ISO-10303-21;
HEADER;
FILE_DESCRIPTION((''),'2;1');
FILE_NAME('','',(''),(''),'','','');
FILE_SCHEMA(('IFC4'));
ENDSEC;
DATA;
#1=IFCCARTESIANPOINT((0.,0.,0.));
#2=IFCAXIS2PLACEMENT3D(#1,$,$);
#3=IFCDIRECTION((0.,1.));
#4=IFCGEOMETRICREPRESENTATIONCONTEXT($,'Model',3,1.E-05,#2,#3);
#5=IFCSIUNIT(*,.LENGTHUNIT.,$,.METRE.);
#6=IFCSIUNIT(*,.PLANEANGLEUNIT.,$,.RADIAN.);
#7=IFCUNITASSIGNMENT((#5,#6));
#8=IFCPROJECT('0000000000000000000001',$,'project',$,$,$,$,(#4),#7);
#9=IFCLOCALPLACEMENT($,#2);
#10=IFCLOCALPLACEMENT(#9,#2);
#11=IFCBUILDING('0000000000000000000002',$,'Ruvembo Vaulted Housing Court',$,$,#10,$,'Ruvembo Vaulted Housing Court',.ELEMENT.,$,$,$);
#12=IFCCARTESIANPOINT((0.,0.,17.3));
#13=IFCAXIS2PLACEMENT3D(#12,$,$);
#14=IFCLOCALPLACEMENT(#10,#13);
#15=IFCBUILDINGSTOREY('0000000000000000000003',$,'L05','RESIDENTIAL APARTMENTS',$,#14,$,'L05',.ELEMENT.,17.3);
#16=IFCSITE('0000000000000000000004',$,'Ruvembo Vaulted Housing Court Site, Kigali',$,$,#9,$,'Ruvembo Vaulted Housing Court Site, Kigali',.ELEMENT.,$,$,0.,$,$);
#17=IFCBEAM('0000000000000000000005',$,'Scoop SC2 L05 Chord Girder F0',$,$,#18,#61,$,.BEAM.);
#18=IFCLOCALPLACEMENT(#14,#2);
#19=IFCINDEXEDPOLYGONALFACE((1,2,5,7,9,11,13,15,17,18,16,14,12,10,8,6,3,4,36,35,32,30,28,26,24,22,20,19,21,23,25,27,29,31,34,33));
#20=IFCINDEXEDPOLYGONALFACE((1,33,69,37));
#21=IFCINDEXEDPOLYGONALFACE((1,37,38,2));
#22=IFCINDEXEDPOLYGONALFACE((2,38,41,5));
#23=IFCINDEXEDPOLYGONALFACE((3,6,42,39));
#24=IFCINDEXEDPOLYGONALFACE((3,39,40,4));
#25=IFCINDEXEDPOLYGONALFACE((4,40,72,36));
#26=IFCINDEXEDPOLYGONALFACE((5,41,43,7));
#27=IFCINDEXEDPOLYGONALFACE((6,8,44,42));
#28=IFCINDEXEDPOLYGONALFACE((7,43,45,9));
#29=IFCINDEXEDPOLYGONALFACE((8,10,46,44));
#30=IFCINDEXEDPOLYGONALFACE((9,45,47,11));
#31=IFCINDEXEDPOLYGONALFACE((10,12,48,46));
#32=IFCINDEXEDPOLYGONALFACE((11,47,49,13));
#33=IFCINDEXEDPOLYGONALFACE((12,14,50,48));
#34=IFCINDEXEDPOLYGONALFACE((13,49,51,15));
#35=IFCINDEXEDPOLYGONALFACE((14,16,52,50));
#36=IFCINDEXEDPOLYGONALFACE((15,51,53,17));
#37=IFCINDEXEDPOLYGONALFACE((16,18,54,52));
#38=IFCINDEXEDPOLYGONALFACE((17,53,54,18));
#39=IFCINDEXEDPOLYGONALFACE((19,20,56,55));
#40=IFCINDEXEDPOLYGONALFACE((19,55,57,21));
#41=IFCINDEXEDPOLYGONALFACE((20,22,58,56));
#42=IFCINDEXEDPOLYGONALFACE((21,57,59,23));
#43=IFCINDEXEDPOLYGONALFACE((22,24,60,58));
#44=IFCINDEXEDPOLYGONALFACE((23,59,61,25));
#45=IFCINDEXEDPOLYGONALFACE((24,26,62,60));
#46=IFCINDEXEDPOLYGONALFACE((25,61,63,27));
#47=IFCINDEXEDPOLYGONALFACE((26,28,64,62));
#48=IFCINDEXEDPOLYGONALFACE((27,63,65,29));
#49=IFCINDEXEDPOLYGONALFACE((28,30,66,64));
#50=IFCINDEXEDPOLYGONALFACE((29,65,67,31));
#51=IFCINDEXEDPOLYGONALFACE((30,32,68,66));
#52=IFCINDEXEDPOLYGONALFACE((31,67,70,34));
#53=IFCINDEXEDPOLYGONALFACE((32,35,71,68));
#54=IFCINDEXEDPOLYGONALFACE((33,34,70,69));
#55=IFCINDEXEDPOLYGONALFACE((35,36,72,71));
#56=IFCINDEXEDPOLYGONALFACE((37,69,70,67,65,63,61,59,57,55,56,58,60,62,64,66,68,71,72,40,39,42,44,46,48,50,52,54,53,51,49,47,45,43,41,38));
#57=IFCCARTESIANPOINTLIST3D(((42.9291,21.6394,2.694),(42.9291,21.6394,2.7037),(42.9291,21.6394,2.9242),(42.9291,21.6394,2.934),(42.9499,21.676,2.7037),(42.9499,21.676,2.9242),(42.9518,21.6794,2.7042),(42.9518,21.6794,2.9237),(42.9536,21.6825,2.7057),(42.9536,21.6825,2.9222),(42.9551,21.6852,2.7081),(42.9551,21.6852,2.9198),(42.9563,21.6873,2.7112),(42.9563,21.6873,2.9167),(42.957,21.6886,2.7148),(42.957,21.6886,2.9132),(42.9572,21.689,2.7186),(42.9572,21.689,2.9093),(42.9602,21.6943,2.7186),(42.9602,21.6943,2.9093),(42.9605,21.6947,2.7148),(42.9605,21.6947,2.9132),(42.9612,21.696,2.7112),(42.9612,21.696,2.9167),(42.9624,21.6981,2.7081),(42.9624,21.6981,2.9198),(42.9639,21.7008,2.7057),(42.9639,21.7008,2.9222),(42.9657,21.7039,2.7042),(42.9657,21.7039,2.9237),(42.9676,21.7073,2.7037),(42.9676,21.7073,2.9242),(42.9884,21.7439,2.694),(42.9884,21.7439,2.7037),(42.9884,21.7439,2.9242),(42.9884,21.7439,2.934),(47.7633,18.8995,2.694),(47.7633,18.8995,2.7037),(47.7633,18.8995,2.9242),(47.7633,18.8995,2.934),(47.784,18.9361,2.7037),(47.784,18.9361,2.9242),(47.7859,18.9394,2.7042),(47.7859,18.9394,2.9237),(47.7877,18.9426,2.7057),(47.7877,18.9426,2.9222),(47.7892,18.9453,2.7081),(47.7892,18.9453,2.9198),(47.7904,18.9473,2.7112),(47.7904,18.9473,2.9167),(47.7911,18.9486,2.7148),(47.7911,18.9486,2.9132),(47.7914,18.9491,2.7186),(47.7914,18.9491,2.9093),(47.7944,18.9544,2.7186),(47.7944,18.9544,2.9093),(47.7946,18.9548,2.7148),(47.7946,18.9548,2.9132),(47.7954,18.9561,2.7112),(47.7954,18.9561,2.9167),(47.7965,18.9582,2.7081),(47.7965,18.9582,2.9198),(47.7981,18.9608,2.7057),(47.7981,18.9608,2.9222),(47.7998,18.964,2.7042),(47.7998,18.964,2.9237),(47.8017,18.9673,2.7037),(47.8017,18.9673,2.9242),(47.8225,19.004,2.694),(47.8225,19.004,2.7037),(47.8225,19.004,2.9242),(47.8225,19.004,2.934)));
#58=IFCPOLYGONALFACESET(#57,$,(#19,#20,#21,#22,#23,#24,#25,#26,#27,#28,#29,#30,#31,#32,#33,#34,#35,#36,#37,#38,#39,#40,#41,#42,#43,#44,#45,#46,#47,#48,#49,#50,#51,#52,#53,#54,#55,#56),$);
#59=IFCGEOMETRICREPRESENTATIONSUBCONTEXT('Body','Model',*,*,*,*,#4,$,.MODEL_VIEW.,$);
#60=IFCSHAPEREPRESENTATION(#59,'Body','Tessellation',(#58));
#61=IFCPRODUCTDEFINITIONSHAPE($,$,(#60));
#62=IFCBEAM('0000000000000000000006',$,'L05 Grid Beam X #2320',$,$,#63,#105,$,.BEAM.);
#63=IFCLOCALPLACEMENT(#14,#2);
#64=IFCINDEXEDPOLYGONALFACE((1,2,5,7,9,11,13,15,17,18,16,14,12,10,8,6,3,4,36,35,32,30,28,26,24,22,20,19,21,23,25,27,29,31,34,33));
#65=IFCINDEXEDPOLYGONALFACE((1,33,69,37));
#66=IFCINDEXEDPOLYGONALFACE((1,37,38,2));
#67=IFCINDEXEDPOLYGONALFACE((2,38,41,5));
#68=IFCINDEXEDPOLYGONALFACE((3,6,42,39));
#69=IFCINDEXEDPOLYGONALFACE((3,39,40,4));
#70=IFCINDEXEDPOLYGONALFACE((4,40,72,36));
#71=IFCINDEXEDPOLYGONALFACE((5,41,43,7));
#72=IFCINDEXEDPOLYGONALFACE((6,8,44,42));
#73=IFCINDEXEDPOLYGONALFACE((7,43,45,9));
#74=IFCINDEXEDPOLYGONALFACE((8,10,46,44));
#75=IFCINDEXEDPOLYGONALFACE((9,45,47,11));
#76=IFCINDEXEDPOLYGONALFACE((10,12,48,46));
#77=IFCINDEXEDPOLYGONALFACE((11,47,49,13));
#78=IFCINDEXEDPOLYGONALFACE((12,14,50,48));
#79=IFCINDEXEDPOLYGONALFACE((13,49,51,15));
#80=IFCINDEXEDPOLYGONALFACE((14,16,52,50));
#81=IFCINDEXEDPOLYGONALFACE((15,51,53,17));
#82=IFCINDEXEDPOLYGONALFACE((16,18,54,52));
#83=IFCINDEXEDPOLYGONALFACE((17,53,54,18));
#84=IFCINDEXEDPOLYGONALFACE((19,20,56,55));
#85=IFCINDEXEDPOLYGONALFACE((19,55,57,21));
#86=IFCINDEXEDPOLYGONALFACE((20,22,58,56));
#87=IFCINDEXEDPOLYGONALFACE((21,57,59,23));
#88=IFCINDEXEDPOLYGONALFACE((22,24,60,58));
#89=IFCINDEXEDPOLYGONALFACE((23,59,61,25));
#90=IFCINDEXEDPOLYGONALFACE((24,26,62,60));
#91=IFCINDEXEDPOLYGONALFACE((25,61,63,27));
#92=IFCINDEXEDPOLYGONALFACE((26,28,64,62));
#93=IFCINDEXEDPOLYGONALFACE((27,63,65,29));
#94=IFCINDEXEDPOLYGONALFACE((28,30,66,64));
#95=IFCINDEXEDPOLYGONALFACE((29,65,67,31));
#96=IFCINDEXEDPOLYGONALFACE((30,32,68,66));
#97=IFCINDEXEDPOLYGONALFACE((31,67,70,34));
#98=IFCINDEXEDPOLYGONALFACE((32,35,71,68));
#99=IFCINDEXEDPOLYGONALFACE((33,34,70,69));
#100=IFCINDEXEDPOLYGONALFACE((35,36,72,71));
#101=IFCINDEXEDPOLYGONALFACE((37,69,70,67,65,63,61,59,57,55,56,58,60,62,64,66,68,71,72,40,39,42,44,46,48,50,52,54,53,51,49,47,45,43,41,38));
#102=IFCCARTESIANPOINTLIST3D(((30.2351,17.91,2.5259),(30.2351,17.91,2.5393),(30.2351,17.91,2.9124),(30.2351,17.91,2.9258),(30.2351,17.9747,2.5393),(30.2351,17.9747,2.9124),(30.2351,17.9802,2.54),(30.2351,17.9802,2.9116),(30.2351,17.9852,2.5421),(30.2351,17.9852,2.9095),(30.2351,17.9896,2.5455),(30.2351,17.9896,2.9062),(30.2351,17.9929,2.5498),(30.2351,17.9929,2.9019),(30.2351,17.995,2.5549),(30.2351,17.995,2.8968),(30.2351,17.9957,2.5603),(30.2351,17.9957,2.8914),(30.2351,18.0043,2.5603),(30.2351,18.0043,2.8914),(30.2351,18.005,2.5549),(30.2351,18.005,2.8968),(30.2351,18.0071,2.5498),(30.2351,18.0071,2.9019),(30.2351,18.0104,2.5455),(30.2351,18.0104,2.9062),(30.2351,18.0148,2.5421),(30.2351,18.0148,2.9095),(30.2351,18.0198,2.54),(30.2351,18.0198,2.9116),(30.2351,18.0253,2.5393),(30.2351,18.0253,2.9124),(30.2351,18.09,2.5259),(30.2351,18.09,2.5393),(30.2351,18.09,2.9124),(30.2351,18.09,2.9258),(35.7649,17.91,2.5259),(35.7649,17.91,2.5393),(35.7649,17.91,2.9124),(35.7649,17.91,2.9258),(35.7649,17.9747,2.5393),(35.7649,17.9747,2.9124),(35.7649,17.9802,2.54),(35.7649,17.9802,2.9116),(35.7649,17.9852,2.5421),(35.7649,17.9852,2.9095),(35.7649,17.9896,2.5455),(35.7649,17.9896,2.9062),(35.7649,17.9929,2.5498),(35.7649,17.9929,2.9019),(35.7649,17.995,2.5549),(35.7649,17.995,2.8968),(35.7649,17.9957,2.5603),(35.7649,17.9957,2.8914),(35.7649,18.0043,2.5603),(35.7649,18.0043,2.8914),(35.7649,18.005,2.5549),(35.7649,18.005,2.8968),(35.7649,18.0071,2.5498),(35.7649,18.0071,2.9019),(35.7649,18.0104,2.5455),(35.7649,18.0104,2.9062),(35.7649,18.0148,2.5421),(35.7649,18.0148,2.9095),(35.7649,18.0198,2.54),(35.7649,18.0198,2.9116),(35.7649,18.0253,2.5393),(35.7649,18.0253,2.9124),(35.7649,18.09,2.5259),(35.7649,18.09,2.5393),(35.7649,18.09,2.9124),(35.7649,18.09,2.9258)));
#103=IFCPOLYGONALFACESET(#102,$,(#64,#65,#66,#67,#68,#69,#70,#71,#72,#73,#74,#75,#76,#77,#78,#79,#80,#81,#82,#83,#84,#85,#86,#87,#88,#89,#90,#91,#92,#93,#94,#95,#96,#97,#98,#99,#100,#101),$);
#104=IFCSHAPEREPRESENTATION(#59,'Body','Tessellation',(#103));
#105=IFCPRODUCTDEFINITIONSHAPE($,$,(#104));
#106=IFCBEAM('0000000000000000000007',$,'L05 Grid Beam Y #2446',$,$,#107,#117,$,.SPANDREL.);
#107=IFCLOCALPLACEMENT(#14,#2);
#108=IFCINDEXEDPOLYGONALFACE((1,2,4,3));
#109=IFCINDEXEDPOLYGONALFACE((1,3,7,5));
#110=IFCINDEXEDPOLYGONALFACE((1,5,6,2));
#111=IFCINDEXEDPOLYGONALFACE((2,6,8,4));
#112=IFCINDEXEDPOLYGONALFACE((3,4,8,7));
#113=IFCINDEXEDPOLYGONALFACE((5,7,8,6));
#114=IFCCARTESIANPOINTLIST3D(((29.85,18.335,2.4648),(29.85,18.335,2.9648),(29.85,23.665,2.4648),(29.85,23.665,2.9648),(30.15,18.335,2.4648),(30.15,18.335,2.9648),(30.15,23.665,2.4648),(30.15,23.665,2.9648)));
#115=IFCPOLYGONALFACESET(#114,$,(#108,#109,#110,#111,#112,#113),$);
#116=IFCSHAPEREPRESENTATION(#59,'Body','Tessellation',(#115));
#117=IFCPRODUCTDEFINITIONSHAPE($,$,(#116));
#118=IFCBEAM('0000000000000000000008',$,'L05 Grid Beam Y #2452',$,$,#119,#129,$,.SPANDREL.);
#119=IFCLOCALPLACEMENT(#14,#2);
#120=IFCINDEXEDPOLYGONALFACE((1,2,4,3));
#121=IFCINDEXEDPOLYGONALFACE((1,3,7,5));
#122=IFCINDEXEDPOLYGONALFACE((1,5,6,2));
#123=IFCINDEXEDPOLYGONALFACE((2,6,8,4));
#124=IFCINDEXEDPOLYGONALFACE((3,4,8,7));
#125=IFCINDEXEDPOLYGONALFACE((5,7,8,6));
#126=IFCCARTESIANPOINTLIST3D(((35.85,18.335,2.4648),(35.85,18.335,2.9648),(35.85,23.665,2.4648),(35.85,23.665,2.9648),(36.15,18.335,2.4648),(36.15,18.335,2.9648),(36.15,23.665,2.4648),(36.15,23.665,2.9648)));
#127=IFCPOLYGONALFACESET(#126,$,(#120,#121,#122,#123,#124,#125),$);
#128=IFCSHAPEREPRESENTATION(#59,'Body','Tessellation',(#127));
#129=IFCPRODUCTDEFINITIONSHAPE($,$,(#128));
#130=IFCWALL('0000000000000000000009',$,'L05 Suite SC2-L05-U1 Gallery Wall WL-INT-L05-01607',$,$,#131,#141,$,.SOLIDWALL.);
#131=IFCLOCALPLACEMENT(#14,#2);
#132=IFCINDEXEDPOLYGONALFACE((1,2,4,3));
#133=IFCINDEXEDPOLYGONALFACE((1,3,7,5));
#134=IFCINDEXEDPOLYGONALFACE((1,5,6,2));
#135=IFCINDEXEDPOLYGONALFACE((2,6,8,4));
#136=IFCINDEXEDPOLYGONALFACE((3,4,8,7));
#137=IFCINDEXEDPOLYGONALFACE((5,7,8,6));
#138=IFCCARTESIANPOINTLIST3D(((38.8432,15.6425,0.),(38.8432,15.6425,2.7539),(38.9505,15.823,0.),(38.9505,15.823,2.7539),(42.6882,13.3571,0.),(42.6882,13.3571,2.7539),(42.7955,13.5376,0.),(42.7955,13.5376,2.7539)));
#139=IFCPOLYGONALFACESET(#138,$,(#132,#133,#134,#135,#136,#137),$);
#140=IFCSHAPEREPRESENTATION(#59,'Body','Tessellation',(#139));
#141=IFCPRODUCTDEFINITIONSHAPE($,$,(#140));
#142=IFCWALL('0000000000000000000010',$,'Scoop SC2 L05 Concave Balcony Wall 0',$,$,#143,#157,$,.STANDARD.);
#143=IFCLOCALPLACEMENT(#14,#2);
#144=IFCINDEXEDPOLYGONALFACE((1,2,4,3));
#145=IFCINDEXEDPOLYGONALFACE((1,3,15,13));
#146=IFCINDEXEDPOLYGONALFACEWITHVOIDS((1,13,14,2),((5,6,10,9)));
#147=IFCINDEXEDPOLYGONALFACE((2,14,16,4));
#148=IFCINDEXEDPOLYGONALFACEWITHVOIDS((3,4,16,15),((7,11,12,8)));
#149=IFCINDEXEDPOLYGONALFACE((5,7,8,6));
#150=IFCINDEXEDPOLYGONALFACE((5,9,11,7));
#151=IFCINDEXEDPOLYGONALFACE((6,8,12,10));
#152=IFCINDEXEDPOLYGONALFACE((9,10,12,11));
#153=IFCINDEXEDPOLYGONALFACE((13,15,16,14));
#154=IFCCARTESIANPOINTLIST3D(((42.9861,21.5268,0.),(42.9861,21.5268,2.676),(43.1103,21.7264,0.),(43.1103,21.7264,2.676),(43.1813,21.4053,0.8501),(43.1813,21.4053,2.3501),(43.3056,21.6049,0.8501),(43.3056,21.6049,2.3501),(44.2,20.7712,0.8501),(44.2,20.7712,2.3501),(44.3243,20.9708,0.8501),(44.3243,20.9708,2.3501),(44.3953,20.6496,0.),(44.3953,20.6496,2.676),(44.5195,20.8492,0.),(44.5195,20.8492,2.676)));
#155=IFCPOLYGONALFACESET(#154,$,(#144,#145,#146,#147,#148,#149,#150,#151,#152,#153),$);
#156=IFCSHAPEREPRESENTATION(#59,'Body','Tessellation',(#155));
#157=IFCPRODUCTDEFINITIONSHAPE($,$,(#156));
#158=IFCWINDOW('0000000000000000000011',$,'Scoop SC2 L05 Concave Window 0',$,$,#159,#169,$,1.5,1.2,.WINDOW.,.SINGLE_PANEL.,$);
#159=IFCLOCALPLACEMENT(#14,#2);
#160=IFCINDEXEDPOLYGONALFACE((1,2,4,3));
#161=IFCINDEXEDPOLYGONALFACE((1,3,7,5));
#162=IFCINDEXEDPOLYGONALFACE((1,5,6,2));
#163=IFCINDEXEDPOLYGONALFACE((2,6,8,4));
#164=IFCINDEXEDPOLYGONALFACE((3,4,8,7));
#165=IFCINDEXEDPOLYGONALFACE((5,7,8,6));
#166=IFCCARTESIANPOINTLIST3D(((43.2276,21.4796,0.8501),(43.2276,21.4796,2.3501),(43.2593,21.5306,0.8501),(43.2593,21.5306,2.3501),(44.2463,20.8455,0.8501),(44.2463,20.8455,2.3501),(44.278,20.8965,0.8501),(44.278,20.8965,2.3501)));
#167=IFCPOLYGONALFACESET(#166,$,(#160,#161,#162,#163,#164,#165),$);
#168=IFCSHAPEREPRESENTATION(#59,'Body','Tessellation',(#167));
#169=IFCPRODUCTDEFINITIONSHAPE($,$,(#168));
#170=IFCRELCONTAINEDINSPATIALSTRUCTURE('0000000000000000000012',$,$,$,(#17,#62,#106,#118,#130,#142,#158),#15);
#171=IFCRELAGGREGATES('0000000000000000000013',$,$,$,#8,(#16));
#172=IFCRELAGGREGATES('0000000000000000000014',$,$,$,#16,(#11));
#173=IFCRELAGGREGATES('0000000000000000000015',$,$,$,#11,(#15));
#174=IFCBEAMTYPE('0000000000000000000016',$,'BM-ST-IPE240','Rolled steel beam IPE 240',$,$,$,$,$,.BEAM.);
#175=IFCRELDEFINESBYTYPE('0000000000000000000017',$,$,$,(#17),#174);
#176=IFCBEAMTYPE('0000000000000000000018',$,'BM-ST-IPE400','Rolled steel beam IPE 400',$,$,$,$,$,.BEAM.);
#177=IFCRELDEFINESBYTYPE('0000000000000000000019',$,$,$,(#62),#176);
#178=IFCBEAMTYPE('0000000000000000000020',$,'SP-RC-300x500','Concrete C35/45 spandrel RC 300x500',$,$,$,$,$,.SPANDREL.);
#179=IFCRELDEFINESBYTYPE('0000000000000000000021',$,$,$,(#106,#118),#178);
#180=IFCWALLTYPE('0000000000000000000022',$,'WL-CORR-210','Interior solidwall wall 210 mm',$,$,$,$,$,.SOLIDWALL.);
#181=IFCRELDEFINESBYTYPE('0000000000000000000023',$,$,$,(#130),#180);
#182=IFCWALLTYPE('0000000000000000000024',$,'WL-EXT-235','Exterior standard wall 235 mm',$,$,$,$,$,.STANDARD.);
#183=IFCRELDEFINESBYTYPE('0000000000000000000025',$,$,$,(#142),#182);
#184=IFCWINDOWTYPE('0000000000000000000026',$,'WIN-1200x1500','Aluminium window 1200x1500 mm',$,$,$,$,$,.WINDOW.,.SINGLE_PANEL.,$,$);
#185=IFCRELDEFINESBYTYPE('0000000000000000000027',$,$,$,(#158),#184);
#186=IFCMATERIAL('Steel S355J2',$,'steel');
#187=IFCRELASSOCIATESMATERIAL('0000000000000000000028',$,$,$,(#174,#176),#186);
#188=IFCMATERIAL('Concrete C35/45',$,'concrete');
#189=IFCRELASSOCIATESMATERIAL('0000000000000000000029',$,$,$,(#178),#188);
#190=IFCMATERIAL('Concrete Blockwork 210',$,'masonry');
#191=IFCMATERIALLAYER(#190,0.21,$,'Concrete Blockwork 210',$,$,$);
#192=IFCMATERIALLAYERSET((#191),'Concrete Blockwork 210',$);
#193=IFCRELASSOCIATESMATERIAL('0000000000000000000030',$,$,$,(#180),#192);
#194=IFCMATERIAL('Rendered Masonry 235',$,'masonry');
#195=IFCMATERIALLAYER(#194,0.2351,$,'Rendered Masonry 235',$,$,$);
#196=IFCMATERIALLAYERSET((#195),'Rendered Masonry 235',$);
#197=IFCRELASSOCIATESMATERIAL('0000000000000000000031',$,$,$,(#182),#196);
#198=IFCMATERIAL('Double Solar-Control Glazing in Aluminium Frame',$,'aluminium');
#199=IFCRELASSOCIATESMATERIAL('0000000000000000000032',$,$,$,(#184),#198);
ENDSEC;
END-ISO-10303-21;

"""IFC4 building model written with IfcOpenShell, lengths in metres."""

from ifc_helpers import new_model, si_unit, direction, frame, frame_2d, origin, origin_2d, place, context, subcontext, project, spatial, rectangle, i_section, extrude, material, layer, layer_set, material_profile, profile_set, type_object, element, fill, save


model = new_model("IFC4")

# Units and contexts
model_context = context("Model", 3, precision=1e-05, world=origin(), true_north=direction((0.0, 1.0)))
body_context = subcontext(model_context, "Body", "Model", "MODEL_VIEW")
ifc_project = project(units=[si_unit("LENGTHUNIT", "METRE"), si_unit("PLANEANGLEUNIT", "RADIAN")], contexts=[model_context])

# Site, building, storey
site_placement = place(None, origin())
site = spatial("IfcSite", under=ifc_project, at=site_placement, Name="Ruvembo Vaulted Housing Court Site, Kigali", LongName="Ruvembo Vaulted Housing Court Site, Kigali", CompositionType="ELEMENT", RefElevation=0.0)
building_placement = place(site_placement, origin())
building = spatial("IfcBuilding", under=site, at=building_placement, Name="Ruvembo Vaulted Housing Court", LongName="Ruvembo Vaulted Housing Court", CompositionType="ELEMENT")
storey_placement = place(building_placement, frame((0.0, 0.0, 17.3)))
storey = spatial("IfcBuildingStorey", under=building, at=storey_placement, Name="L05", Description="RESIDENTIAL APARTMENTS", LongName="L05", CompositionType="ELEMENT", Elevation=17.3)

# Shared definitions
ifc_material_1 = material(Name="Concrete C35/45", Category="concrete")

# Beams
ifc_material_2 = material(Name="Steel S355J2", Category="steel")
ifc_material_profile_1 = material_profile(ifc_material_2, i_section(OverallWidth=0.1201, OverallDepth=0.24, WebThickness=0.0061, FlangeThickness=0.0098, FilletRadius=0.0149, at=origin_2d()), Name="IPE 240")
ifc_profile_set_1 = profile_set([ifc_material_profile_1], Name="Steel S355J2")
beam_type_1 = type_object("IfcBeamType", Name="BM-ST-IPE240", Description="Rolled steel beam IPE 240", PredefinedType="BEAM", material=ifc_profile_set_1)
beam_1_placement = place(storey_placement, frame((42.9587, 21.6917, 2.814), z_axis=(0.869976, -0.493093, 0.0), x_axis=(0.493093, 0.869976, 0.0)))
element("IfcBeam", 1, at=beam_1_placement, inside=storey, type_object=beam_type_1, Name="Scoop SC2 L05 Chord Girder F0", PredefinedType="BEAM", context=body_context, shape_type="SweptSolid", body=[
    extrude(i_section(OverallWidth=0.1201, OverallDepth=0.24, WebThickness=0.0061, FlangeThickness=0.0098, FilletRadius=0.0149, at=origin_2d()), origin(), (0.0, 0.0, 1.0), 5.5566),
])
ifc_material_profile_2 = material_profile(ifc_material_2, i_section(OverallWidth=0.1799, OverallDepth=0.3999, WebThickness=0.0085, FlangeThickness=0.0134, FilletRadius=0.021, at=origin_2d()), Name="IPE 400")
ifc_profile_set_2 = profile_set([ifc_material_profile_2], Name="Steel S355J2")
beam_type_2 = type_object("IfcBeamType", Name="BM-ST-IPE400", Description="Rolled steel beam IPE 400", PredefinedType="BEAM", material=ifc_profile_set_2)
beam_2_placement = place(storey_placement, frame((30.2351, 18.0, 2.7258), z_axis=(1.0, 0.0, 0.0), x_axis=(0.0, 1.0, 0.0)))
element("IfcBeam", 2, at=beam_2_placement, inside=storey, type_object=beam_type_2, Name="L05 Grid Beam X #2320", PredefinedType="BEAM", context=body_context, shape_type="SweptSolid", body=[
    extrude(i_section(OverallWidth=0.1799, OverallDepth=0.3999, WebThickness=0.0085, FlangeThickness=0.0134, FilletRadius=0.021, at=origin_2d()), origin(), (0.0, 0.0, 1.0), 5.5298),
])
ifc_material_profile_3 = material_profile(ifc_material_1, rectangle(XDim=0.3, YDim=0.5, at=origin_2d()), Name="RC 300x500")
ifc_profile_set_3 = profile_set([ifc_material_profile_3], Name="Concrete C35/45")
beam_type_3 = type_object("IfcBeamType", Name="SP-RC-300x500", Description="Concrete C35/45 spandrel RC 300x500", PredefinedType="SPANDREL", material=ifc_profile_set_3)
for number, where, z_axis, x_axis, name in (
    (3, (30.0, 18.335, 2.7148), (0.0, 1.0, 0.0), (-1.0, 0.0, 0.0), "L05 Grid Beam Y #2446"),
    (4, (36.0, 18.335, 2.7148), (0.0, 1.0, 0.0), (-1.0, 0.0, 0.0), "L05 Grid Beam Y #2452"),
):
    element("IfcBeam", number, at=place(storey_placement, frame(where, z_axis=z_axis, x_axis=x_axis)), inside=storey, type_object=beam_type_3, Name=name, PredefinedType="SPANDREL", context=body_context, shape_type="SweptSolid", body=[
        extrude(rectangle(XDim=0.3, YDim=0.5, at=origin_2d()), origin(), (0.0, 0.0, 1.0), 5.3301),
    ])

# Shared definitions
ifc_material_3 = material(Name="Concrete Blockwork 210", Category="masonry")
ifc_layer_1 = layer(ifc_material_3, 0.21, Name="Concrete Blockwork 210")
ifc_layer_set_1 = layer_set([ifc_layer_1], Name="Concrete Blockwork 210")
wall_type_1 = type_object("IfcWallType", Name="WL-CORR-210", Description="Interior solidwall wall 210 mm", PredefinedType="SOLIDWALL", material=ifc_layer_set_1)

# Wall
wall_1_placement = place(storey_placement, frame((38.897, 15.7327, 0.0), z_axis=(0.0, 0.0, 1.0), x_axis=(0.859614, -0.510944, 0.0)))
element("IfcWall", 5, at=wall_1_placement, inside=storey, type_object=wall_type_1, Name="L05 Suite SC2-L05-U1 Gallery Wall WL-INT-L05-01607", PredefinedType="SOLIDWALL", context=body_context, shape_type="SweptSolid", body=[
    extrude(rectangle(XDim=4.4729, YDim=0.21, at=frame_2d((2.2363, 0.0))), origin(), (0.0, 0.0, 1.0), 2.7539),
])

# Wall, opening, window
ifc_material_4 = material(Name="Rendered Masonry 235", Category="masonry")
ifc_layer_2 = layer(ifc_material_4, 0.2351, Name="Rendered Masonry 235")
ifc_layer_set_2 = layer_set([ifc_layer_2], Name="Rendered Masonry 235")
wall_type_2 = type_object("IfcWallType", Name="WL-EXT-235", Description="Exterior standard wall 235 mm", PredefinedType="STANDARD", material=ifc_layer_set_2)
wall_2_placement = place(storey_placement, frame((43.0481, 21.6267, 0.0), z_axis=(0.0, 0.0, 1.0), x_axis=(0.848955, -0.528464, 0.0)))
wall_2 = element("IfcWall", 6, at=wall_2_placement, inside=storey, type_object=wall_type_2, Name="Scoop SC2 L05 Concave Balcony Wall 0", PredefinedType="STANDARD", context=body_context, shape_type="SweptSolid", body=[
    extrude(rectangle(XDim=1.6599, YDim=0.2351, at=frame_2d((0.8301, 0.0))), origin(), (0.0, 0.0, 1.0), 2.676),
])
opening_1_placement = place(wall_2_placement, frame((0.23, 0.0, 0.8501)))
opening_1 = element("IfcOpeningElement", 7, at=opening_1_placement, cuts=wall_2, PredefinedType="OPENING", context=body_context, shape_type="SweptSolid", body=[
    extrude(rectangle(XDim=1.2, YDim=1.5, at=frame_2d((0.6001, 0.75))), frame((0.0, 0.1274, 0.0), z_axis=(0.0, -1.0, 0.0), x_axis=(1.0, 0.0, 0.0)), (0.0, 0.0, 1.0), 0.2551),
])
ifc_material_5 = material(Name="Double Solar-Control Glazing in Aluminium Frame", Category="aluminium")
window_type = type_object("IfcWindowType", Name="WIN-1200x1500", Description="Aluminium window 1200x1500 mm", PartitioningType="SINGLE_PANEL", PredefinedType="WINDOW", material=ifc_material_5)
window_placement = place(opening_1_placement, origin())
window = element("IfcWindow", 8, at=window_placement, inside=storey, type_object=window_type, Name="Scoop SC2 L05 Concave Window 0", OverallHeight=1.5, OverallWidth=1.2, PartitioningType="SINGLE_PANEL", PredefinedType="WINDOW", context=body_context, shape_type="SweptSolid", body=[
    extrude(rectangle(XDim=1.2, YDim=1.5, at=frame_2d((0.6001, 0.75))), frame((0.0, 0.03, 0.0), z_axis=(0.0, -1.0, 0.0), x_axis=(1.0, 0.0, 0.0)), (0.0, 0.0, 1.0), 0.0601),
])
fill(opening_1, window)

save(model, "model.ifc")
